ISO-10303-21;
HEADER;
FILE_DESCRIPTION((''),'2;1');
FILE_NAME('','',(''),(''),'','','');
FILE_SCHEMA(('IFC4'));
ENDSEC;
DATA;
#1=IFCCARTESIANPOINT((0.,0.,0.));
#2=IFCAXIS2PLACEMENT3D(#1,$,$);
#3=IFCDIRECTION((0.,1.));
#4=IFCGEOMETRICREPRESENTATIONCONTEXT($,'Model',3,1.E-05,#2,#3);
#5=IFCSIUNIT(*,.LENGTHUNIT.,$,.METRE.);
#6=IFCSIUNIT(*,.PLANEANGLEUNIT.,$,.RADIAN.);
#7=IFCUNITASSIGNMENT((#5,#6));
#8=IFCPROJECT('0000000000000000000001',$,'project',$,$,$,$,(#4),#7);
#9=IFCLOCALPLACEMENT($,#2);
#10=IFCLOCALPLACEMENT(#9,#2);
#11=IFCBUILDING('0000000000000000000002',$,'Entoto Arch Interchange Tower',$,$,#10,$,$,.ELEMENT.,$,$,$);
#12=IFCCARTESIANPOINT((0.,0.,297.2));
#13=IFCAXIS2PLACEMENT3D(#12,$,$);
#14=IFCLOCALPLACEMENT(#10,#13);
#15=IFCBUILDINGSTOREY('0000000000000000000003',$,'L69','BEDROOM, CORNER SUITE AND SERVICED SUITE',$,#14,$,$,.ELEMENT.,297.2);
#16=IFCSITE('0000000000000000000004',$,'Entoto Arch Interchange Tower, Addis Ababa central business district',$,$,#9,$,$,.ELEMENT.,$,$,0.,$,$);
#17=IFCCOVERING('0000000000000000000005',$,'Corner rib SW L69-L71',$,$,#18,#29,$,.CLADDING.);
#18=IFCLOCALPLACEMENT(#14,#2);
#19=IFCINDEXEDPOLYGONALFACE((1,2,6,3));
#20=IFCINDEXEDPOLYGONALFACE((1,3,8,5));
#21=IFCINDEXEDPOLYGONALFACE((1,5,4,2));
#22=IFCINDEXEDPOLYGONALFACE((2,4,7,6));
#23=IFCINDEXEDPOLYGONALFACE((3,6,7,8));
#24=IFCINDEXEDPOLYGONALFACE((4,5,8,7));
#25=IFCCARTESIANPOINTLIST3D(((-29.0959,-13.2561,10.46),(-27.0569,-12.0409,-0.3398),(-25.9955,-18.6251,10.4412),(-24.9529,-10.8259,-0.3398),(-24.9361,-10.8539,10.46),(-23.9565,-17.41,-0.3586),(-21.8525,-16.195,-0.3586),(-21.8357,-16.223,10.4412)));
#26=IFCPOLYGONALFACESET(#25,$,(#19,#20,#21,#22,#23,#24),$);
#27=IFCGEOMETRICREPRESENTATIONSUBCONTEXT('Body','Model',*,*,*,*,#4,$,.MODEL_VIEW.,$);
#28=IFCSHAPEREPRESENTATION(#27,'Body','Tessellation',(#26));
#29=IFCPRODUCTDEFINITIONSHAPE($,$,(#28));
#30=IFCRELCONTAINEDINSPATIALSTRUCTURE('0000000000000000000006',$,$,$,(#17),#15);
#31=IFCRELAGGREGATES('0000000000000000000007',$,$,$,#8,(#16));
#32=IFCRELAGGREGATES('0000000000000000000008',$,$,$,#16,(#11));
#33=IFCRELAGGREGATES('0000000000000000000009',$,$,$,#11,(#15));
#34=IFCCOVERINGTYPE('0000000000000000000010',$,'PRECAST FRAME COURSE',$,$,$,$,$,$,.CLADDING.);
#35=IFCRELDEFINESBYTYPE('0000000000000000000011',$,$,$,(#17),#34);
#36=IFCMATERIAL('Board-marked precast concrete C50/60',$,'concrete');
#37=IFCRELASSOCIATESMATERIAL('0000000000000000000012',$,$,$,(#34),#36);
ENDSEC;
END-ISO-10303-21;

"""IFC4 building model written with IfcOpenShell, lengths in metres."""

from ifc_helpers import new_model, si_unit, direction, frame, origin, place, context, subcontext, project, spatial, polyline, outline, extrude, material, type_object, element, save


model = new_model("IFC4")

# Units and contexts
model_context = context("Model", 3, precision=1e-05, world=origin(), true_north=direction((0.0, 1.0)))
body_context = subcontext(model_context, "Body", "Model", "MODEL_VIEW")
ifc_project = project(units=[si_unit("LENGTHUNIT", "METRE"), si_unit("PLANEANGLEUNIT", "RADIAN")], contexts=[model_context])

# Site, building, storey
site_placement = place(None, origin())
site = spatial("IfcSite", under=ifc_project, at=site_placement, Name="Entoto Arch Interchange Tower, Addis Ababa central business district", CompositionType="ELEMENT", RefElevation=0.0)
building_placement = place(site_placement, origin())
building = spatial("IfcBuilding", under=site, at=building_placement, Name="Entoto Arch Interchange Tower", CompositionType="ELEMENT")
storey_placement = place(building_placement, frame((0.0, 0.0, 297.2)))
storey = spatial("IfcBuildingStorey", under=building, at=storey_placement, Name="L69", Description="BEDROOM, CORNER SUITE AND SERVICED SUITE", CompositionType="ELEMENT", Elevation=297.2)

# Covering
ifc_material_1 = material(Name="Board-marked precast concrete C50/60", Category="concrete")
covering_type = type_object("IfcCoveringType", Name="PRECAST FRAME COURSE", PredefinedType="CLADDING", material=ifc_material_1)
covering_placement = place(storey_placement, frame((-24.9529, -10.8259, -0.3398), z_axis=(-0.500072, 0.865979, 0.003023), x_axis=(-0.865983, -0.500074, 0.0)))
element("IfcCovering", 1, at=covering_placement, inside=storey, type_object=covering_type, Name="Corner rib SW L69-L71", PredefinedType="CLADDING", context=body_context, shape_type="SweptSolid", body=[
    extrude(outline(polyline([(0.0, 0.0), (2.4297, 0.0), (4.8031, 10.7999), (-0.0005, 10.7999), (0.0, 0.0)])), origin(), (0.0, 0.0, -1.0), 6.2),
])

save(model, "model.ifc")
